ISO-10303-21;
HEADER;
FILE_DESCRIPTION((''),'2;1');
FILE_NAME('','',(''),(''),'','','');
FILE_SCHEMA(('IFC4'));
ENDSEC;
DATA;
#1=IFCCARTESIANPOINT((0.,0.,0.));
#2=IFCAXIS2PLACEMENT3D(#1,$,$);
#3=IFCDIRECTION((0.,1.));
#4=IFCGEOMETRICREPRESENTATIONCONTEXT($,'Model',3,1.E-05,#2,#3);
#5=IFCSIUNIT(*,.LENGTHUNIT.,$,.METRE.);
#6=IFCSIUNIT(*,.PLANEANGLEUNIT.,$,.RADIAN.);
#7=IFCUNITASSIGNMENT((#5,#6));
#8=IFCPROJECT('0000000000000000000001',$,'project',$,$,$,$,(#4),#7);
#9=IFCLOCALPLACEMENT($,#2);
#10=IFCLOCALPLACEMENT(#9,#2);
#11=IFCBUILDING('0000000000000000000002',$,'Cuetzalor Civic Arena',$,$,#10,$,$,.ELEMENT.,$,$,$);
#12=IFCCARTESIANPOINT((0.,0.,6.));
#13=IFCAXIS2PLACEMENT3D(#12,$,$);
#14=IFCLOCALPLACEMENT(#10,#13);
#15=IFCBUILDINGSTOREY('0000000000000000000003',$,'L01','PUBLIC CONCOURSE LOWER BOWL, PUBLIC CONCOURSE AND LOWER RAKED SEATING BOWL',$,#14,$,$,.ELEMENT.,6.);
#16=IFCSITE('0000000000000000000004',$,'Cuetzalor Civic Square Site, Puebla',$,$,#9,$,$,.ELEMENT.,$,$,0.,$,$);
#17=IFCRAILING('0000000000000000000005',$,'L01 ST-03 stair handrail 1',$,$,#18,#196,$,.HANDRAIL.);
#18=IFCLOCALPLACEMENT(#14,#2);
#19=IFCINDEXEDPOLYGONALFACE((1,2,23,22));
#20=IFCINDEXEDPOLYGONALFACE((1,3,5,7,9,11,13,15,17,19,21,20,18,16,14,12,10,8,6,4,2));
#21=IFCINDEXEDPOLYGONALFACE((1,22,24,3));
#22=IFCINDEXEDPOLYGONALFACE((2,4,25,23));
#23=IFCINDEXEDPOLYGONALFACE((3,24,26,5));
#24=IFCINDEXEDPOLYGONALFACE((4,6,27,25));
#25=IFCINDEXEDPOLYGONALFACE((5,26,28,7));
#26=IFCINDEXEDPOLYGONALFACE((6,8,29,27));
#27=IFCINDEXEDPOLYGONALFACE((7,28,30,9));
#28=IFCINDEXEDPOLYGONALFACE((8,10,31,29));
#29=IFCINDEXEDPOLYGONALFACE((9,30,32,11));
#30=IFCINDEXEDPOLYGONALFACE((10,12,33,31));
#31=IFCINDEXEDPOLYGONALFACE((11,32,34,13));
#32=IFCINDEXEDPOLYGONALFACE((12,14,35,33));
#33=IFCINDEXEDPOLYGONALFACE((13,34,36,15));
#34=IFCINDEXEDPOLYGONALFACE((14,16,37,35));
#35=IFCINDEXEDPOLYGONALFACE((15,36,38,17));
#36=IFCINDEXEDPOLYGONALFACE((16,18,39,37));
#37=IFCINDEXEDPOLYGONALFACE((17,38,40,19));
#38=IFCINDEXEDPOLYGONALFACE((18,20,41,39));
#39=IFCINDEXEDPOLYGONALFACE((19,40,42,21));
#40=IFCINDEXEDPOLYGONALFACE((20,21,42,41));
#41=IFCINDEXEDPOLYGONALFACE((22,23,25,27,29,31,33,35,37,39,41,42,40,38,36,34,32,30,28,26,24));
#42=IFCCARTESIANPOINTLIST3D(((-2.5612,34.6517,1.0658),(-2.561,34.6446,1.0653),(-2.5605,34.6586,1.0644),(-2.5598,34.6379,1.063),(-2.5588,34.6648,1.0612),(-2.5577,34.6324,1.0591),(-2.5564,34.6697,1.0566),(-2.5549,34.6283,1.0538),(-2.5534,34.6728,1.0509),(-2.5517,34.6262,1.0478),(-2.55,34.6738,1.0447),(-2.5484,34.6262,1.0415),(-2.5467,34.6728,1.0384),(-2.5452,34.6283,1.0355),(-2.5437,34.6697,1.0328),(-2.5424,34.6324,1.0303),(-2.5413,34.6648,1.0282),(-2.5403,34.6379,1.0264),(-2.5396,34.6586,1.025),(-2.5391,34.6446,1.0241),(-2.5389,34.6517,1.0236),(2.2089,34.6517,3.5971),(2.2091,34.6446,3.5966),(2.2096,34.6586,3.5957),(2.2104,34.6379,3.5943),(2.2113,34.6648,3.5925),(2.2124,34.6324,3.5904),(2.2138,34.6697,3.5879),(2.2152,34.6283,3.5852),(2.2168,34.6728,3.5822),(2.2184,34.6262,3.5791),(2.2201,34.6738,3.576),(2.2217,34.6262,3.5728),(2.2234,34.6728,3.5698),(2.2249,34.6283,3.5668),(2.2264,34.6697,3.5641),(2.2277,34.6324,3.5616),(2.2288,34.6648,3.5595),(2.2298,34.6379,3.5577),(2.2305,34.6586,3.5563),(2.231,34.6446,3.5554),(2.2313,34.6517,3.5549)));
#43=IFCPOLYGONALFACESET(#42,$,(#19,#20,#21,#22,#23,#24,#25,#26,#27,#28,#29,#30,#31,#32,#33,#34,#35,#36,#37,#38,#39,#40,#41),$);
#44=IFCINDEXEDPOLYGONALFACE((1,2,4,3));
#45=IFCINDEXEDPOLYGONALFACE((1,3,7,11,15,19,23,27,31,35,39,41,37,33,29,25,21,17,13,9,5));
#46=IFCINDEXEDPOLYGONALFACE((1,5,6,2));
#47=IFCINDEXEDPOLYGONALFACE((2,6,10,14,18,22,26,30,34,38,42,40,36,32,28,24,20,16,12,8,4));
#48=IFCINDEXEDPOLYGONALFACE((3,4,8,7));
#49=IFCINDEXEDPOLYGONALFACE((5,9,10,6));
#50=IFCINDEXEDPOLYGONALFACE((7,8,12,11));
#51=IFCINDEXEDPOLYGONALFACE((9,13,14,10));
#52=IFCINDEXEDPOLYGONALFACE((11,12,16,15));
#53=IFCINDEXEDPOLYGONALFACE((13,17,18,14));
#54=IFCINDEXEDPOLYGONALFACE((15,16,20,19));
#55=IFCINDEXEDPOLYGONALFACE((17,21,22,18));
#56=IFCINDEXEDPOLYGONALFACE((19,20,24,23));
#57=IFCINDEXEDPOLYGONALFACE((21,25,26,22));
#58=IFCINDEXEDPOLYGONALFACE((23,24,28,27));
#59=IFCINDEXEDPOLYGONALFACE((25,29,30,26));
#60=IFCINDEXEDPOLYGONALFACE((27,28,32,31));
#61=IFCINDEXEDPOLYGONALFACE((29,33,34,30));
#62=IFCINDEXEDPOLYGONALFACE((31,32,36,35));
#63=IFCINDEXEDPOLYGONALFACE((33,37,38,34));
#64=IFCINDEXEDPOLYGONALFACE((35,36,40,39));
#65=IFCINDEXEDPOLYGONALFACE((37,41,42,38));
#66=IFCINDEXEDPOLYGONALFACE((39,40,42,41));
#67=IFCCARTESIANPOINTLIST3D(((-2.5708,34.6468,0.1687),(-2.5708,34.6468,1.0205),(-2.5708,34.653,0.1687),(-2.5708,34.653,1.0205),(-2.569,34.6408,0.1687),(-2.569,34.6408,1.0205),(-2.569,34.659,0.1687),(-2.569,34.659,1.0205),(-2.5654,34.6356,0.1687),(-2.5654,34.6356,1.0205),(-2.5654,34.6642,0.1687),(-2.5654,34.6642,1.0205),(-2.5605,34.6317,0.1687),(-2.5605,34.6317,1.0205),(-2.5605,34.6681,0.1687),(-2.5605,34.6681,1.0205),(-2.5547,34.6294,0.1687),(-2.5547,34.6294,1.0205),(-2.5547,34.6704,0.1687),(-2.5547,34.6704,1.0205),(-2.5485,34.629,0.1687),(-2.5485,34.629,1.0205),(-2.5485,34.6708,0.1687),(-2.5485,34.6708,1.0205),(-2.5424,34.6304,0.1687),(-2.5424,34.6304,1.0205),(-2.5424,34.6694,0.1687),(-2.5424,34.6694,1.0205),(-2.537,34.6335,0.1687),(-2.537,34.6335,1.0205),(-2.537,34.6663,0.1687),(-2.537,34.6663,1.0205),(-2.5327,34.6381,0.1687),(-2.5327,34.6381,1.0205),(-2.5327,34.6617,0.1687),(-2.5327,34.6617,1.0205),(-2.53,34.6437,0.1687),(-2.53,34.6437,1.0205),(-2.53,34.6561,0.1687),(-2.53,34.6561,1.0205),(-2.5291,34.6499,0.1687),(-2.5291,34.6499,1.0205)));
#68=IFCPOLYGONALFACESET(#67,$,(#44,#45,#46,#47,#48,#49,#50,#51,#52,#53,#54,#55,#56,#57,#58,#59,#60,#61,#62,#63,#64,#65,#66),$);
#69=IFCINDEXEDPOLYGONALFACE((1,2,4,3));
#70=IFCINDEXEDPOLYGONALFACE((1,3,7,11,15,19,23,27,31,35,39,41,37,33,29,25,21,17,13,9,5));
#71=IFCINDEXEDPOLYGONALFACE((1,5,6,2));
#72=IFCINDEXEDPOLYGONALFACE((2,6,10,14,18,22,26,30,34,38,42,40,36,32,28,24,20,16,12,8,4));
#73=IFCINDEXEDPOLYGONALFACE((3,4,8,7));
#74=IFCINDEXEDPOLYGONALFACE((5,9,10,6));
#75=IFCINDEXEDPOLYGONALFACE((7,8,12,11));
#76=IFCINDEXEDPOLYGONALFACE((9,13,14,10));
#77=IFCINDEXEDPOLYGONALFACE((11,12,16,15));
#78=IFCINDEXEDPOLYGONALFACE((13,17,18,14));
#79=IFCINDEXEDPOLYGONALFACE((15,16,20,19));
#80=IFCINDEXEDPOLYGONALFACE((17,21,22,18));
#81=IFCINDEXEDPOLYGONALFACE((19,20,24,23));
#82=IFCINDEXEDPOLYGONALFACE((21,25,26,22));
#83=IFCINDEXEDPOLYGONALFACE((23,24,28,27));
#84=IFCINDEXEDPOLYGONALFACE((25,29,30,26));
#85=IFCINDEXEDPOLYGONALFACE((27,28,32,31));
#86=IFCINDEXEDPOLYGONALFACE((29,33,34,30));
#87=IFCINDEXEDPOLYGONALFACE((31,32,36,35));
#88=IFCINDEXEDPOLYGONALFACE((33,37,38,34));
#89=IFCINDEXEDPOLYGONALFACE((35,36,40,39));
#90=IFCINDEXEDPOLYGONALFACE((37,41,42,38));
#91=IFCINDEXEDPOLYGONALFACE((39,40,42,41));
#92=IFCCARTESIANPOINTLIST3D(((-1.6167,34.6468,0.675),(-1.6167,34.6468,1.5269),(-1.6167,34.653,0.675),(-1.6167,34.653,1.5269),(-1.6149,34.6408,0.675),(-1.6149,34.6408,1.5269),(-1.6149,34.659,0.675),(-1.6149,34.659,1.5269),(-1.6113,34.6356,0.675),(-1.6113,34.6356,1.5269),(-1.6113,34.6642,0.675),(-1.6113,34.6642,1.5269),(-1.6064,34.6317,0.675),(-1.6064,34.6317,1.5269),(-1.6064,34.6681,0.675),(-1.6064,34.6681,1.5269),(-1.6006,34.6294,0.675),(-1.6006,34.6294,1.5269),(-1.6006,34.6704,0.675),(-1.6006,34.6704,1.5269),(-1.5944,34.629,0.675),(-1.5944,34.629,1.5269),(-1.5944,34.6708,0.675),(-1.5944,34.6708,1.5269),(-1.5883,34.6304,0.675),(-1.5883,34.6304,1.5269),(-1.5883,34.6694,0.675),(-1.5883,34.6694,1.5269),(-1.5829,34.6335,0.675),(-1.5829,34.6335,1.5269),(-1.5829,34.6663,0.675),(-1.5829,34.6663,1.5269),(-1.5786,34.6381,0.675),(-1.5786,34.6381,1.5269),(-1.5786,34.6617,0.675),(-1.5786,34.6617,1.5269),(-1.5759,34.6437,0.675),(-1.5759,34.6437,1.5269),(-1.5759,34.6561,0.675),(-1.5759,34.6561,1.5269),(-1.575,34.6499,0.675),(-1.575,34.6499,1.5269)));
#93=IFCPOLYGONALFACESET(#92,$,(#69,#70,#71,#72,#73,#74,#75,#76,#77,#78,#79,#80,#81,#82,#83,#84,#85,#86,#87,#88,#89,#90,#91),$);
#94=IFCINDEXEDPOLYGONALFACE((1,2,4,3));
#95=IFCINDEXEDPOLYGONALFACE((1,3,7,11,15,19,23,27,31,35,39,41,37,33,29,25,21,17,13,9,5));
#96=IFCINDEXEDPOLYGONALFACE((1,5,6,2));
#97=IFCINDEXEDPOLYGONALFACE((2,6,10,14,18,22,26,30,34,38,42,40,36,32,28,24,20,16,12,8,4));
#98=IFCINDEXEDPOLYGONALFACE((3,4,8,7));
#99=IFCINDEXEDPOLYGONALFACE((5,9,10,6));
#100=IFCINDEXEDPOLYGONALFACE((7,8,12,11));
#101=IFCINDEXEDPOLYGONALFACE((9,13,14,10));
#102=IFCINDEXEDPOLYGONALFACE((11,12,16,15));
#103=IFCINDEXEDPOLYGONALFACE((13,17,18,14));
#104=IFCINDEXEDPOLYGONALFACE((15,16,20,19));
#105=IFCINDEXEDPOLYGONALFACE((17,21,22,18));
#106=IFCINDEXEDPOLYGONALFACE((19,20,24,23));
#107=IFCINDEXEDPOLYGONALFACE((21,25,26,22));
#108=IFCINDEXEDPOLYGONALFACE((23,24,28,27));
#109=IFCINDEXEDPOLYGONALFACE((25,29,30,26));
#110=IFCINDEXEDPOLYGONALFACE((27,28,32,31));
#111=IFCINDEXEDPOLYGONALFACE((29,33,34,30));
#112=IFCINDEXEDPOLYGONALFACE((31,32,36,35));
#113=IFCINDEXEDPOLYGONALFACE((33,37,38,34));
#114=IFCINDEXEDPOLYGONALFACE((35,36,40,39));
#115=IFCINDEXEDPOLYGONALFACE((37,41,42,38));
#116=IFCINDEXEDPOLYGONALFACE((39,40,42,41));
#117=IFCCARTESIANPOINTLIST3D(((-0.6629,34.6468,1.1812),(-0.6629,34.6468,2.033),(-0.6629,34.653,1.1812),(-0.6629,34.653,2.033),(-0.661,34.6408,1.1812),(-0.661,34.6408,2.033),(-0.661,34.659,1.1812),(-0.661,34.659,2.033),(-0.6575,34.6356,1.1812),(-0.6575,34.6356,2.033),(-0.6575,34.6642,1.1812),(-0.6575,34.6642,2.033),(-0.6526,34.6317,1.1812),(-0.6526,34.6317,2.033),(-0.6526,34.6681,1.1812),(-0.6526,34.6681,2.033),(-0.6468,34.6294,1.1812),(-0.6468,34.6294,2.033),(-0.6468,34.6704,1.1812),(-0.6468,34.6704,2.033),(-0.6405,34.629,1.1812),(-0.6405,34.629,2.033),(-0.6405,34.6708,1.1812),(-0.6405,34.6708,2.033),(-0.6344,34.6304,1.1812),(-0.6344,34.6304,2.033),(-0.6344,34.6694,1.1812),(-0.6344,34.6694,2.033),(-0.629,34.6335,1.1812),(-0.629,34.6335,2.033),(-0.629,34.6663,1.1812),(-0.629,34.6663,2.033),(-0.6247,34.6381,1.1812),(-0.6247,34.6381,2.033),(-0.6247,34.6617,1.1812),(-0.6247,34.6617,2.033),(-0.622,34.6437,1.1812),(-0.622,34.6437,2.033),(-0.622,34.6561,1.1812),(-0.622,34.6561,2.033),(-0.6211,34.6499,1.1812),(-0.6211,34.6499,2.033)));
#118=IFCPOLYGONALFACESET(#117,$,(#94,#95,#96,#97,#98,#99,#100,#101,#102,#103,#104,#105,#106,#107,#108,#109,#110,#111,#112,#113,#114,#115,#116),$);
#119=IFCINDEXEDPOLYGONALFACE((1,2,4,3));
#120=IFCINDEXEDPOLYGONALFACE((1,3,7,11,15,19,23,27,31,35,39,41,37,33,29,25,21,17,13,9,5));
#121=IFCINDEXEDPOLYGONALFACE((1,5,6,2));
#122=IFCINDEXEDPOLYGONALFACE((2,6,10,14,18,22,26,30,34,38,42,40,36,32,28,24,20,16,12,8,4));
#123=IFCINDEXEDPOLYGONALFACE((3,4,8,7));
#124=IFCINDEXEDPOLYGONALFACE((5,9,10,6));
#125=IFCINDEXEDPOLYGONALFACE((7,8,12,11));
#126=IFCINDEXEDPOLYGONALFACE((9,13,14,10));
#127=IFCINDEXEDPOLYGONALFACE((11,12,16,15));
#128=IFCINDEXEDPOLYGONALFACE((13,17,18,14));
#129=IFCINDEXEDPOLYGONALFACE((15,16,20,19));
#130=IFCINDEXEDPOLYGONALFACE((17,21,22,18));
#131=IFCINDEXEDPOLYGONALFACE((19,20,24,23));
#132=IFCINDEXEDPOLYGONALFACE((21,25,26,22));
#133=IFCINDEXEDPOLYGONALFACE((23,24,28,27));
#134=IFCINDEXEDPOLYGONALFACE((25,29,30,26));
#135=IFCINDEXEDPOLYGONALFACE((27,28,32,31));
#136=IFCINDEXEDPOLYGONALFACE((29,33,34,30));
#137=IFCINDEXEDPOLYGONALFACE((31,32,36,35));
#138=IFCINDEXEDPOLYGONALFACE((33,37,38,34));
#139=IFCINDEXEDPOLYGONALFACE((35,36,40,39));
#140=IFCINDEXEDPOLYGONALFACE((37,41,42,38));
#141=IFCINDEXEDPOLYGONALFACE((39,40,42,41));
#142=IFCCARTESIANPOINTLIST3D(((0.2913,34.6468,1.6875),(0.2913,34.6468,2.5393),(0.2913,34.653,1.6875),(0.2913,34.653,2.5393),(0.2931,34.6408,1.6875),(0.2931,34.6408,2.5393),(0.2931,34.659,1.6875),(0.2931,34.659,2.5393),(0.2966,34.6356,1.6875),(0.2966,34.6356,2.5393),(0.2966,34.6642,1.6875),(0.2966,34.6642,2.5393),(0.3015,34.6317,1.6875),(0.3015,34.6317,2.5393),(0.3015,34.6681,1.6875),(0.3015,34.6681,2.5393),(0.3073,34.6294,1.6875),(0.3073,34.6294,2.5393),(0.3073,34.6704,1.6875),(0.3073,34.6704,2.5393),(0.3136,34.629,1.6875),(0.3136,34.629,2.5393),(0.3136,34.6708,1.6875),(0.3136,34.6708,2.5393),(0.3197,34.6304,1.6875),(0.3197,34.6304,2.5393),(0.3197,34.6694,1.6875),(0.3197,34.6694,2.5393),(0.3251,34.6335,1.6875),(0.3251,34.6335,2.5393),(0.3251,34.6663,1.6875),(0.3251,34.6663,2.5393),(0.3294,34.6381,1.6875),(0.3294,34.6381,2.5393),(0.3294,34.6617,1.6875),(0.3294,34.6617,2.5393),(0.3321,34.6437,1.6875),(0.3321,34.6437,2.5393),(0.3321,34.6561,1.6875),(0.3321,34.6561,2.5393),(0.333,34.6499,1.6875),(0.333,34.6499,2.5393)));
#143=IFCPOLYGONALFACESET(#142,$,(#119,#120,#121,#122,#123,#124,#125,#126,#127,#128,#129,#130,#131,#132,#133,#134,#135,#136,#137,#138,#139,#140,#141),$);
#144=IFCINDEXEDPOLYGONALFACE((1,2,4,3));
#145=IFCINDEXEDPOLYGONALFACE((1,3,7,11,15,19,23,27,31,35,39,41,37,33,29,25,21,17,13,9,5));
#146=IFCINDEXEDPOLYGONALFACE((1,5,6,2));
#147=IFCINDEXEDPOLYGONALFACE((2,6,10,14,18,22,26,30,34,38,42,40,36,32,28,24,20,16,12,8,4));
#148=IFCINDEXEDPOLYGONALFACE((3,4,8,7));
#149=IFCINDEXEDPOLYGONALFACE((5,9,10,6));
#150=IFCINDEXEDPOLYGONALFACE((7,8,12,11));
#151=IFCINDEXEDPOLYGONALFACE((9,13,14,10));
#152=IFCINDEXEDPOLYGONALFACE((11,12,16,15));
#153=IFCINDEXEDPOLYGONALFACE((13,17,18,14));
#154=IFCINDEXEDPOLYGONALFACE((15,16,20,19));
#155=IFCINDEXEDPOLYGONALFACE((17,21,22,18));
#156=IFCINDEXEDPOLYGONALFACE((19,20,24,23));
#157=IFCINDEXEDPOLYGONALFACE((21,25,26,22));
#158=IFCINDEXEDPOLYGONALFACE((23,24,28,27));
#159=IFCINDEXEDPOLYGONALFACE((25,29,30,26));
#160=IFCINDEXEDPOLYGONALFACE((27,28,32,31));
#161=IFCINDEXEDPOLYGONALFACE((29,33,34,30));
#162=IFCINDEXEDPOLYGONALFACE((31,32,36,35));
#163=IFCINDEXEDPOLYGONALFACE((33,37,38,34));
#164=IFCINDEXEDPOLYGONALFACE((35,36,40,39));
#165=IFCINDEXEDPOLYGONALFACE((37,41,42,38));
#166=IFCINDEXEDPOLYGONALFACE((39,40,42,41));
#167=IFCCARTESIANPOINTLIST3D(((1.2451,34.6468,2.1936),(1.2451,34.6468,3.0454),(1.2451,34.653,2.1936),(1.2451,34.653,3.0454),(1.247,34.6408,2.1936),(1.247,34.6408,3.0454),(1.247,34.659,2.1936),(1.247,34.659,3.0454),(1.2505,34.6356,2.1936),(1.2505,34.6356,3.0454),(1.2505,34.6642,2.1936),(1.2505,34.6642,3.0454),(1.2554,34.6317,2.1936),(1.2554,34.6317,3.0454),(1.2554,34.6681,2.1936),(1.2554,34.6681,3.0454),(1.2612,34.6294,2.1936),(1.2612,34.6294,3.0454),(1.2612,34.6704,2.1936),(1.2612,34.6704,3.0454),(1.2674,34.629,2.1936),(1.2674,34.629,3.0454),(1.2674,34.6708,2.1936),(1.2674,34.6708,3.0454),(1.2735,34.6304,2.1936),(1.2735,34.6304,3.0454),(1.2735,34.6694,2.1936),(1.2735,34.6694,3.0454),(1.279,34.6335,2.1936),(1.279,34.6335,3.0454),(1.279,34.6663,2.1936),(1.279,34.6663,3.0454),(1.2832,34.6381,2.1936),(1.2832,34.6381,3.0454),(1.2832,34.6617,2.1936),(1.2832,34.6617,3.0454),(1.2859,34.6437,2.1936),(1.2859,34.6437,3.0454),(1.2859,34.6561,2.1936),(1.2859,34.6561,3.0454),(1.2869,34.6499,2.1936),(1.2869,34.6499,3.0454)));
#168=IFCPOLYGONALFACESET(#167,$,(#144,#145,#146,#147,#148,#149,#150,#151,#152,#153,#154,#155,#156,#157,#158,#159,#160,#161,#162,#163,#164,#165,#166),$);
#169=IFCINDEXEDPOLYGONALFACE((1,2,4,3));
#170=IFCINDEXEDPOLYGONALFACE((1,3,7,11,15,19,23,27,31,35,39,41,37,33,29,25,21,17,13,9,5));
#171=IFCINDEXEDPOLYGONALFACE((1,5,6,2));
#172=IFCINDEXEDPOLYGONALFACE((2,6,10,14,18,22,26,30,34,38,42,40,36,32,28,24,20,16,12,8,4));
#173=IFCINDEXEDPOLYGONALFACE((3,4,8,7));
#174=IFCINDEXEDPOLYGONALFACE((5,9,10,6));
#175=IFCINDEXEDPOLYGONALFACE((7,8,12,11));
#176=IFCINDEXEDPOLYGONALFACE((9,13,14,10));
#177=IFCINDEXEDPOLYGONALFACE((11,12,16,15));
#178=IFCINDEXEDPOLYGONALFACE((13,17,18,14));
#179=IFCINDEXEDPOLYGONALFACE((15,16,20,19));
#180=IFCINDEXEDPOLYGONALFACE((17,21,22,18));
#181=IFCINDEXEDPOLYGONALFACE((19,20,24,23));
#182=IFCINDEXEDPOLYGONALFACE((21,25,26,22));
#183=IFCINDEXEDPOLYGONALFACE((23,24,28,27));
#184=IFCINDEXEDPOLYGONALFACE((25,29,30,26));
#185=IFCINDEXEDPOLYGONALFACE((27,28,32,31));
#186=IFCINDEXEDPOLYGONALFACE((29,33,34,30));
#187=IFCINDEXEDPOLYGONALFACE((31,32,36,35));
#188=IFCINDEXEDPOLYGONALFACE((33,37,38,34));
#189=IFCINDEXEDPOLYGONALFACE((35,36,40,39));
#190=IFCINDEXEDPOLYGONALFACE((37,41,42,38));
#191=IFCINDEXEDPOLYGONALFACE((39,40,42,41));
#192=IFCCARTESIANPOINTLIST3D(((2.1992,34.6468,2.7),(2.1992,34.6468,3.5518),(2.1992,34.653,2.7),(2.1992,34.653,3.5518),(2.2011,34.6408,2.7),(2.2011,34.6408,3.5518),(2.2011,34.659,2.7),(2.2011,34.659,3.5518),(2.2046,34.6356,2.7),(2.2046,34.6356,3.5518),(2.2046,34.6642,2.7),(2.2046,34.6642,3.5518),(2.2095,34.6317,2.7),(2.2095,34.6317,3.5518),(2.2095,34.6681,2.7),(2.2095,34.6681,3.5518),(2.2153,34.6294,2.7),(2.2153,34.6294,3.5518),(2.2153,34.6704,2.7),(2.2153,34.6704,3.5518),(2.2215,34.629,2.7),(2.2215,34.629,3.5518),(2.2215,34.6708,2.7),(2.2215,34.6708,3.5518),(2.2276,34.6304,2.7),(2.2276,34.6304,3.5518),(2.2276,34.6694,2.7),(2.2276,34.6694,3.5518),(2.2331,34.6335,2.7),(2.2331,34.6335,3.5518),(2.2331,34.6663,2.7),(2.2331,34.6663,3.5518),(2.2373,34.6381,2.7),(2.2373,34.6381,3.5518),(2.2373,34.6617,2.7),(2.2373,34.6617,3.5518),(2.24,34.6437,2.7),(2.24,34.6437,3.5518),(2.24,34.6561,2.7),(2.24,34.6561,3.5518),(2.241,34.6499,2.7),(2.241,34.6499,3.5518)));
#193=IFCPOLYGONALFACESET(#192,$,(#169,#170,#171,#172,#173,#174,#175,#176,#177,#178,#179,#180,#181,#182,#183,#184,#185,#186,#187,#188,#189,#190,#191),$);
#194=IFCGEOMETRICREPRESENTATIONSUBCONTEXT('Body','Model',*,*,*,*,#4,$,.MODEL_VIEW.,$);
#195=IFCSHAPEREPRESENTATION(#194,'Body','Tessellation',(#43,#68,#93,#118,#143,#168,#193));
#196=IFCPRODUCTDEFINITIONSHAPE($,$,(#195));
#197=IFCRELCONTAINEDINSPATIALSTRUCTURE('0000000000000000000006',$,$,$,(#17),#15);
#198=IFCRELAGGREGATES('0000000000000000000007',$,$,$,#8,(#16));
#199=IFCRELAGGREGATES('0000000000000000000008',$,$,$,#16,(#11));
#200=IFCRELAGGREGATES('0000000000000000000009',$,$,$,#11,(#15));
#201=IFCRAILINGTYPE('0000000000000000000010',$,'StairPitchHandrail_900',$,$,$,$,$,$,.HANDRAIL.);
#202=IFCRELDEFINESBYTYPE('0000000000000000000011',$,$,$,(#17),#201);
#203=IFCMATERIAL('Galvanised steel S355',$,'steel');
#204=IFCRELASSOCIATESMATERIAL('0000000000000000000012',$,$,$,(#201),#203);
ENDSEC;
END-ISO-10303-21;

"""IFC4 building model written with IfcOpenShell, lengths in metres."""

from ifc_helpers import new_model, si_unit, direction, frame, origin, origin_2d, place, context, subcontext, project, spatial, circle, extrude, material, type_object, element, save


model = new_model("IFC4")

# Units and contexts
model_context = context("Model", 3, precision=1e-05, world=origin(), true_north=direction((0.0, 1.0)))
body_context = subcontext(model_context, "Body", "Model", "MODEL_VIEW")
ifc_project = project(units=[si_unit("LENGTHUNIT", "METRE"), si_unit("PLANEANGLEUNIT", "RADIAN")], contexts=[model_context])

# Site, building, storey
site_placement = place(None, origin())
site = spatial("IfcSite", under=ifc_project, at=site_placement, Name="Cuetzalor Civic Square Site, Puebla", CompositionType="ELEMENT", RefElevation=0.0)
building_placement = place(site_placement, origin())
building = spatial("IfcBuilding", under=site, at=building_placement, Name="Cuetzalor Civic Arena", CompositionType="ELEMENT")
storey_placement = place(building_placement, frame((0.0, 0.0, 6.0)))
storey = spatial("IfcBuildingStorey", under=building, at=storey_placement, Name="L01", Description="PUBLIC CONCOURSE LOWER BOWL, PUBLIC CONCOURSE AND LOWER RAKED SEATING BOWL", CompositionType="ELEMENT", Elevation=6.0)

# Railing
ifc_material_1 = material(Name="Galvanised steel S355", Category="steel")
railing_type_1 = type_object("IfcRailingType", Name="StairPitchHandrail_900", PredefinedType="HANDRAIL", material=ifc_material_1)
railing_1_placement = place(storey_placement, frame((-2.55, 34.6499, 0.1687)))
element("IfcRailing", 1, at=railing_1_placement, inside=storey, type_object=railing_type_1, Name="L01 ST-03 stair handrail 1", PredefinedType="HANDRAIL", context=body_context, shape_type="SweptSolid", body=[
    extrude(circle(Radius=0.0239, at=origin_2d()), frame((0.0, 0.0, 0.876), z_axis=(0.883332, 0.0, 0.468747), x_axis=(0.0, 1.0, 0.0)), (0.0, 0.0, 1.0), 5.4001),
    extrude(circle(Radius=0.021, at=origin_2d()), origin(), (0.0, 0.0, 1.0), 0.8518),
    extrude(circle(Radius=0.021, at=origin_2d()), frame((0.9541, 0.0, 0.5063)), (0.0, 0.0, 1.0), 0.8518),
    extrude(circle(Radius=0.021, at=origin_2d()), frame((1.908, 0.0, 1.0125)), (0.0, 0.0, 1.0), 0.8518),
    extrude(circle(Radius=0.021, at=origin_2d()), frame((2.8621, 0.0, 1.5188)), (0.0, 0.0, 1.0), 0.8518),
    extrude(circle(Radius=0.021, at=origin_2d()), frame((3.8159, 0.0, 2.0249)), (0.0, 0.0, 1.0), 0.8518),
    extrude(circle(Radius=0.021, at=origin_2d()), frame((4.77, 0.0, 2.5312)), (0.0, 0.0, 1.0), 0.8518),
])

save(model, "model.ifc")
